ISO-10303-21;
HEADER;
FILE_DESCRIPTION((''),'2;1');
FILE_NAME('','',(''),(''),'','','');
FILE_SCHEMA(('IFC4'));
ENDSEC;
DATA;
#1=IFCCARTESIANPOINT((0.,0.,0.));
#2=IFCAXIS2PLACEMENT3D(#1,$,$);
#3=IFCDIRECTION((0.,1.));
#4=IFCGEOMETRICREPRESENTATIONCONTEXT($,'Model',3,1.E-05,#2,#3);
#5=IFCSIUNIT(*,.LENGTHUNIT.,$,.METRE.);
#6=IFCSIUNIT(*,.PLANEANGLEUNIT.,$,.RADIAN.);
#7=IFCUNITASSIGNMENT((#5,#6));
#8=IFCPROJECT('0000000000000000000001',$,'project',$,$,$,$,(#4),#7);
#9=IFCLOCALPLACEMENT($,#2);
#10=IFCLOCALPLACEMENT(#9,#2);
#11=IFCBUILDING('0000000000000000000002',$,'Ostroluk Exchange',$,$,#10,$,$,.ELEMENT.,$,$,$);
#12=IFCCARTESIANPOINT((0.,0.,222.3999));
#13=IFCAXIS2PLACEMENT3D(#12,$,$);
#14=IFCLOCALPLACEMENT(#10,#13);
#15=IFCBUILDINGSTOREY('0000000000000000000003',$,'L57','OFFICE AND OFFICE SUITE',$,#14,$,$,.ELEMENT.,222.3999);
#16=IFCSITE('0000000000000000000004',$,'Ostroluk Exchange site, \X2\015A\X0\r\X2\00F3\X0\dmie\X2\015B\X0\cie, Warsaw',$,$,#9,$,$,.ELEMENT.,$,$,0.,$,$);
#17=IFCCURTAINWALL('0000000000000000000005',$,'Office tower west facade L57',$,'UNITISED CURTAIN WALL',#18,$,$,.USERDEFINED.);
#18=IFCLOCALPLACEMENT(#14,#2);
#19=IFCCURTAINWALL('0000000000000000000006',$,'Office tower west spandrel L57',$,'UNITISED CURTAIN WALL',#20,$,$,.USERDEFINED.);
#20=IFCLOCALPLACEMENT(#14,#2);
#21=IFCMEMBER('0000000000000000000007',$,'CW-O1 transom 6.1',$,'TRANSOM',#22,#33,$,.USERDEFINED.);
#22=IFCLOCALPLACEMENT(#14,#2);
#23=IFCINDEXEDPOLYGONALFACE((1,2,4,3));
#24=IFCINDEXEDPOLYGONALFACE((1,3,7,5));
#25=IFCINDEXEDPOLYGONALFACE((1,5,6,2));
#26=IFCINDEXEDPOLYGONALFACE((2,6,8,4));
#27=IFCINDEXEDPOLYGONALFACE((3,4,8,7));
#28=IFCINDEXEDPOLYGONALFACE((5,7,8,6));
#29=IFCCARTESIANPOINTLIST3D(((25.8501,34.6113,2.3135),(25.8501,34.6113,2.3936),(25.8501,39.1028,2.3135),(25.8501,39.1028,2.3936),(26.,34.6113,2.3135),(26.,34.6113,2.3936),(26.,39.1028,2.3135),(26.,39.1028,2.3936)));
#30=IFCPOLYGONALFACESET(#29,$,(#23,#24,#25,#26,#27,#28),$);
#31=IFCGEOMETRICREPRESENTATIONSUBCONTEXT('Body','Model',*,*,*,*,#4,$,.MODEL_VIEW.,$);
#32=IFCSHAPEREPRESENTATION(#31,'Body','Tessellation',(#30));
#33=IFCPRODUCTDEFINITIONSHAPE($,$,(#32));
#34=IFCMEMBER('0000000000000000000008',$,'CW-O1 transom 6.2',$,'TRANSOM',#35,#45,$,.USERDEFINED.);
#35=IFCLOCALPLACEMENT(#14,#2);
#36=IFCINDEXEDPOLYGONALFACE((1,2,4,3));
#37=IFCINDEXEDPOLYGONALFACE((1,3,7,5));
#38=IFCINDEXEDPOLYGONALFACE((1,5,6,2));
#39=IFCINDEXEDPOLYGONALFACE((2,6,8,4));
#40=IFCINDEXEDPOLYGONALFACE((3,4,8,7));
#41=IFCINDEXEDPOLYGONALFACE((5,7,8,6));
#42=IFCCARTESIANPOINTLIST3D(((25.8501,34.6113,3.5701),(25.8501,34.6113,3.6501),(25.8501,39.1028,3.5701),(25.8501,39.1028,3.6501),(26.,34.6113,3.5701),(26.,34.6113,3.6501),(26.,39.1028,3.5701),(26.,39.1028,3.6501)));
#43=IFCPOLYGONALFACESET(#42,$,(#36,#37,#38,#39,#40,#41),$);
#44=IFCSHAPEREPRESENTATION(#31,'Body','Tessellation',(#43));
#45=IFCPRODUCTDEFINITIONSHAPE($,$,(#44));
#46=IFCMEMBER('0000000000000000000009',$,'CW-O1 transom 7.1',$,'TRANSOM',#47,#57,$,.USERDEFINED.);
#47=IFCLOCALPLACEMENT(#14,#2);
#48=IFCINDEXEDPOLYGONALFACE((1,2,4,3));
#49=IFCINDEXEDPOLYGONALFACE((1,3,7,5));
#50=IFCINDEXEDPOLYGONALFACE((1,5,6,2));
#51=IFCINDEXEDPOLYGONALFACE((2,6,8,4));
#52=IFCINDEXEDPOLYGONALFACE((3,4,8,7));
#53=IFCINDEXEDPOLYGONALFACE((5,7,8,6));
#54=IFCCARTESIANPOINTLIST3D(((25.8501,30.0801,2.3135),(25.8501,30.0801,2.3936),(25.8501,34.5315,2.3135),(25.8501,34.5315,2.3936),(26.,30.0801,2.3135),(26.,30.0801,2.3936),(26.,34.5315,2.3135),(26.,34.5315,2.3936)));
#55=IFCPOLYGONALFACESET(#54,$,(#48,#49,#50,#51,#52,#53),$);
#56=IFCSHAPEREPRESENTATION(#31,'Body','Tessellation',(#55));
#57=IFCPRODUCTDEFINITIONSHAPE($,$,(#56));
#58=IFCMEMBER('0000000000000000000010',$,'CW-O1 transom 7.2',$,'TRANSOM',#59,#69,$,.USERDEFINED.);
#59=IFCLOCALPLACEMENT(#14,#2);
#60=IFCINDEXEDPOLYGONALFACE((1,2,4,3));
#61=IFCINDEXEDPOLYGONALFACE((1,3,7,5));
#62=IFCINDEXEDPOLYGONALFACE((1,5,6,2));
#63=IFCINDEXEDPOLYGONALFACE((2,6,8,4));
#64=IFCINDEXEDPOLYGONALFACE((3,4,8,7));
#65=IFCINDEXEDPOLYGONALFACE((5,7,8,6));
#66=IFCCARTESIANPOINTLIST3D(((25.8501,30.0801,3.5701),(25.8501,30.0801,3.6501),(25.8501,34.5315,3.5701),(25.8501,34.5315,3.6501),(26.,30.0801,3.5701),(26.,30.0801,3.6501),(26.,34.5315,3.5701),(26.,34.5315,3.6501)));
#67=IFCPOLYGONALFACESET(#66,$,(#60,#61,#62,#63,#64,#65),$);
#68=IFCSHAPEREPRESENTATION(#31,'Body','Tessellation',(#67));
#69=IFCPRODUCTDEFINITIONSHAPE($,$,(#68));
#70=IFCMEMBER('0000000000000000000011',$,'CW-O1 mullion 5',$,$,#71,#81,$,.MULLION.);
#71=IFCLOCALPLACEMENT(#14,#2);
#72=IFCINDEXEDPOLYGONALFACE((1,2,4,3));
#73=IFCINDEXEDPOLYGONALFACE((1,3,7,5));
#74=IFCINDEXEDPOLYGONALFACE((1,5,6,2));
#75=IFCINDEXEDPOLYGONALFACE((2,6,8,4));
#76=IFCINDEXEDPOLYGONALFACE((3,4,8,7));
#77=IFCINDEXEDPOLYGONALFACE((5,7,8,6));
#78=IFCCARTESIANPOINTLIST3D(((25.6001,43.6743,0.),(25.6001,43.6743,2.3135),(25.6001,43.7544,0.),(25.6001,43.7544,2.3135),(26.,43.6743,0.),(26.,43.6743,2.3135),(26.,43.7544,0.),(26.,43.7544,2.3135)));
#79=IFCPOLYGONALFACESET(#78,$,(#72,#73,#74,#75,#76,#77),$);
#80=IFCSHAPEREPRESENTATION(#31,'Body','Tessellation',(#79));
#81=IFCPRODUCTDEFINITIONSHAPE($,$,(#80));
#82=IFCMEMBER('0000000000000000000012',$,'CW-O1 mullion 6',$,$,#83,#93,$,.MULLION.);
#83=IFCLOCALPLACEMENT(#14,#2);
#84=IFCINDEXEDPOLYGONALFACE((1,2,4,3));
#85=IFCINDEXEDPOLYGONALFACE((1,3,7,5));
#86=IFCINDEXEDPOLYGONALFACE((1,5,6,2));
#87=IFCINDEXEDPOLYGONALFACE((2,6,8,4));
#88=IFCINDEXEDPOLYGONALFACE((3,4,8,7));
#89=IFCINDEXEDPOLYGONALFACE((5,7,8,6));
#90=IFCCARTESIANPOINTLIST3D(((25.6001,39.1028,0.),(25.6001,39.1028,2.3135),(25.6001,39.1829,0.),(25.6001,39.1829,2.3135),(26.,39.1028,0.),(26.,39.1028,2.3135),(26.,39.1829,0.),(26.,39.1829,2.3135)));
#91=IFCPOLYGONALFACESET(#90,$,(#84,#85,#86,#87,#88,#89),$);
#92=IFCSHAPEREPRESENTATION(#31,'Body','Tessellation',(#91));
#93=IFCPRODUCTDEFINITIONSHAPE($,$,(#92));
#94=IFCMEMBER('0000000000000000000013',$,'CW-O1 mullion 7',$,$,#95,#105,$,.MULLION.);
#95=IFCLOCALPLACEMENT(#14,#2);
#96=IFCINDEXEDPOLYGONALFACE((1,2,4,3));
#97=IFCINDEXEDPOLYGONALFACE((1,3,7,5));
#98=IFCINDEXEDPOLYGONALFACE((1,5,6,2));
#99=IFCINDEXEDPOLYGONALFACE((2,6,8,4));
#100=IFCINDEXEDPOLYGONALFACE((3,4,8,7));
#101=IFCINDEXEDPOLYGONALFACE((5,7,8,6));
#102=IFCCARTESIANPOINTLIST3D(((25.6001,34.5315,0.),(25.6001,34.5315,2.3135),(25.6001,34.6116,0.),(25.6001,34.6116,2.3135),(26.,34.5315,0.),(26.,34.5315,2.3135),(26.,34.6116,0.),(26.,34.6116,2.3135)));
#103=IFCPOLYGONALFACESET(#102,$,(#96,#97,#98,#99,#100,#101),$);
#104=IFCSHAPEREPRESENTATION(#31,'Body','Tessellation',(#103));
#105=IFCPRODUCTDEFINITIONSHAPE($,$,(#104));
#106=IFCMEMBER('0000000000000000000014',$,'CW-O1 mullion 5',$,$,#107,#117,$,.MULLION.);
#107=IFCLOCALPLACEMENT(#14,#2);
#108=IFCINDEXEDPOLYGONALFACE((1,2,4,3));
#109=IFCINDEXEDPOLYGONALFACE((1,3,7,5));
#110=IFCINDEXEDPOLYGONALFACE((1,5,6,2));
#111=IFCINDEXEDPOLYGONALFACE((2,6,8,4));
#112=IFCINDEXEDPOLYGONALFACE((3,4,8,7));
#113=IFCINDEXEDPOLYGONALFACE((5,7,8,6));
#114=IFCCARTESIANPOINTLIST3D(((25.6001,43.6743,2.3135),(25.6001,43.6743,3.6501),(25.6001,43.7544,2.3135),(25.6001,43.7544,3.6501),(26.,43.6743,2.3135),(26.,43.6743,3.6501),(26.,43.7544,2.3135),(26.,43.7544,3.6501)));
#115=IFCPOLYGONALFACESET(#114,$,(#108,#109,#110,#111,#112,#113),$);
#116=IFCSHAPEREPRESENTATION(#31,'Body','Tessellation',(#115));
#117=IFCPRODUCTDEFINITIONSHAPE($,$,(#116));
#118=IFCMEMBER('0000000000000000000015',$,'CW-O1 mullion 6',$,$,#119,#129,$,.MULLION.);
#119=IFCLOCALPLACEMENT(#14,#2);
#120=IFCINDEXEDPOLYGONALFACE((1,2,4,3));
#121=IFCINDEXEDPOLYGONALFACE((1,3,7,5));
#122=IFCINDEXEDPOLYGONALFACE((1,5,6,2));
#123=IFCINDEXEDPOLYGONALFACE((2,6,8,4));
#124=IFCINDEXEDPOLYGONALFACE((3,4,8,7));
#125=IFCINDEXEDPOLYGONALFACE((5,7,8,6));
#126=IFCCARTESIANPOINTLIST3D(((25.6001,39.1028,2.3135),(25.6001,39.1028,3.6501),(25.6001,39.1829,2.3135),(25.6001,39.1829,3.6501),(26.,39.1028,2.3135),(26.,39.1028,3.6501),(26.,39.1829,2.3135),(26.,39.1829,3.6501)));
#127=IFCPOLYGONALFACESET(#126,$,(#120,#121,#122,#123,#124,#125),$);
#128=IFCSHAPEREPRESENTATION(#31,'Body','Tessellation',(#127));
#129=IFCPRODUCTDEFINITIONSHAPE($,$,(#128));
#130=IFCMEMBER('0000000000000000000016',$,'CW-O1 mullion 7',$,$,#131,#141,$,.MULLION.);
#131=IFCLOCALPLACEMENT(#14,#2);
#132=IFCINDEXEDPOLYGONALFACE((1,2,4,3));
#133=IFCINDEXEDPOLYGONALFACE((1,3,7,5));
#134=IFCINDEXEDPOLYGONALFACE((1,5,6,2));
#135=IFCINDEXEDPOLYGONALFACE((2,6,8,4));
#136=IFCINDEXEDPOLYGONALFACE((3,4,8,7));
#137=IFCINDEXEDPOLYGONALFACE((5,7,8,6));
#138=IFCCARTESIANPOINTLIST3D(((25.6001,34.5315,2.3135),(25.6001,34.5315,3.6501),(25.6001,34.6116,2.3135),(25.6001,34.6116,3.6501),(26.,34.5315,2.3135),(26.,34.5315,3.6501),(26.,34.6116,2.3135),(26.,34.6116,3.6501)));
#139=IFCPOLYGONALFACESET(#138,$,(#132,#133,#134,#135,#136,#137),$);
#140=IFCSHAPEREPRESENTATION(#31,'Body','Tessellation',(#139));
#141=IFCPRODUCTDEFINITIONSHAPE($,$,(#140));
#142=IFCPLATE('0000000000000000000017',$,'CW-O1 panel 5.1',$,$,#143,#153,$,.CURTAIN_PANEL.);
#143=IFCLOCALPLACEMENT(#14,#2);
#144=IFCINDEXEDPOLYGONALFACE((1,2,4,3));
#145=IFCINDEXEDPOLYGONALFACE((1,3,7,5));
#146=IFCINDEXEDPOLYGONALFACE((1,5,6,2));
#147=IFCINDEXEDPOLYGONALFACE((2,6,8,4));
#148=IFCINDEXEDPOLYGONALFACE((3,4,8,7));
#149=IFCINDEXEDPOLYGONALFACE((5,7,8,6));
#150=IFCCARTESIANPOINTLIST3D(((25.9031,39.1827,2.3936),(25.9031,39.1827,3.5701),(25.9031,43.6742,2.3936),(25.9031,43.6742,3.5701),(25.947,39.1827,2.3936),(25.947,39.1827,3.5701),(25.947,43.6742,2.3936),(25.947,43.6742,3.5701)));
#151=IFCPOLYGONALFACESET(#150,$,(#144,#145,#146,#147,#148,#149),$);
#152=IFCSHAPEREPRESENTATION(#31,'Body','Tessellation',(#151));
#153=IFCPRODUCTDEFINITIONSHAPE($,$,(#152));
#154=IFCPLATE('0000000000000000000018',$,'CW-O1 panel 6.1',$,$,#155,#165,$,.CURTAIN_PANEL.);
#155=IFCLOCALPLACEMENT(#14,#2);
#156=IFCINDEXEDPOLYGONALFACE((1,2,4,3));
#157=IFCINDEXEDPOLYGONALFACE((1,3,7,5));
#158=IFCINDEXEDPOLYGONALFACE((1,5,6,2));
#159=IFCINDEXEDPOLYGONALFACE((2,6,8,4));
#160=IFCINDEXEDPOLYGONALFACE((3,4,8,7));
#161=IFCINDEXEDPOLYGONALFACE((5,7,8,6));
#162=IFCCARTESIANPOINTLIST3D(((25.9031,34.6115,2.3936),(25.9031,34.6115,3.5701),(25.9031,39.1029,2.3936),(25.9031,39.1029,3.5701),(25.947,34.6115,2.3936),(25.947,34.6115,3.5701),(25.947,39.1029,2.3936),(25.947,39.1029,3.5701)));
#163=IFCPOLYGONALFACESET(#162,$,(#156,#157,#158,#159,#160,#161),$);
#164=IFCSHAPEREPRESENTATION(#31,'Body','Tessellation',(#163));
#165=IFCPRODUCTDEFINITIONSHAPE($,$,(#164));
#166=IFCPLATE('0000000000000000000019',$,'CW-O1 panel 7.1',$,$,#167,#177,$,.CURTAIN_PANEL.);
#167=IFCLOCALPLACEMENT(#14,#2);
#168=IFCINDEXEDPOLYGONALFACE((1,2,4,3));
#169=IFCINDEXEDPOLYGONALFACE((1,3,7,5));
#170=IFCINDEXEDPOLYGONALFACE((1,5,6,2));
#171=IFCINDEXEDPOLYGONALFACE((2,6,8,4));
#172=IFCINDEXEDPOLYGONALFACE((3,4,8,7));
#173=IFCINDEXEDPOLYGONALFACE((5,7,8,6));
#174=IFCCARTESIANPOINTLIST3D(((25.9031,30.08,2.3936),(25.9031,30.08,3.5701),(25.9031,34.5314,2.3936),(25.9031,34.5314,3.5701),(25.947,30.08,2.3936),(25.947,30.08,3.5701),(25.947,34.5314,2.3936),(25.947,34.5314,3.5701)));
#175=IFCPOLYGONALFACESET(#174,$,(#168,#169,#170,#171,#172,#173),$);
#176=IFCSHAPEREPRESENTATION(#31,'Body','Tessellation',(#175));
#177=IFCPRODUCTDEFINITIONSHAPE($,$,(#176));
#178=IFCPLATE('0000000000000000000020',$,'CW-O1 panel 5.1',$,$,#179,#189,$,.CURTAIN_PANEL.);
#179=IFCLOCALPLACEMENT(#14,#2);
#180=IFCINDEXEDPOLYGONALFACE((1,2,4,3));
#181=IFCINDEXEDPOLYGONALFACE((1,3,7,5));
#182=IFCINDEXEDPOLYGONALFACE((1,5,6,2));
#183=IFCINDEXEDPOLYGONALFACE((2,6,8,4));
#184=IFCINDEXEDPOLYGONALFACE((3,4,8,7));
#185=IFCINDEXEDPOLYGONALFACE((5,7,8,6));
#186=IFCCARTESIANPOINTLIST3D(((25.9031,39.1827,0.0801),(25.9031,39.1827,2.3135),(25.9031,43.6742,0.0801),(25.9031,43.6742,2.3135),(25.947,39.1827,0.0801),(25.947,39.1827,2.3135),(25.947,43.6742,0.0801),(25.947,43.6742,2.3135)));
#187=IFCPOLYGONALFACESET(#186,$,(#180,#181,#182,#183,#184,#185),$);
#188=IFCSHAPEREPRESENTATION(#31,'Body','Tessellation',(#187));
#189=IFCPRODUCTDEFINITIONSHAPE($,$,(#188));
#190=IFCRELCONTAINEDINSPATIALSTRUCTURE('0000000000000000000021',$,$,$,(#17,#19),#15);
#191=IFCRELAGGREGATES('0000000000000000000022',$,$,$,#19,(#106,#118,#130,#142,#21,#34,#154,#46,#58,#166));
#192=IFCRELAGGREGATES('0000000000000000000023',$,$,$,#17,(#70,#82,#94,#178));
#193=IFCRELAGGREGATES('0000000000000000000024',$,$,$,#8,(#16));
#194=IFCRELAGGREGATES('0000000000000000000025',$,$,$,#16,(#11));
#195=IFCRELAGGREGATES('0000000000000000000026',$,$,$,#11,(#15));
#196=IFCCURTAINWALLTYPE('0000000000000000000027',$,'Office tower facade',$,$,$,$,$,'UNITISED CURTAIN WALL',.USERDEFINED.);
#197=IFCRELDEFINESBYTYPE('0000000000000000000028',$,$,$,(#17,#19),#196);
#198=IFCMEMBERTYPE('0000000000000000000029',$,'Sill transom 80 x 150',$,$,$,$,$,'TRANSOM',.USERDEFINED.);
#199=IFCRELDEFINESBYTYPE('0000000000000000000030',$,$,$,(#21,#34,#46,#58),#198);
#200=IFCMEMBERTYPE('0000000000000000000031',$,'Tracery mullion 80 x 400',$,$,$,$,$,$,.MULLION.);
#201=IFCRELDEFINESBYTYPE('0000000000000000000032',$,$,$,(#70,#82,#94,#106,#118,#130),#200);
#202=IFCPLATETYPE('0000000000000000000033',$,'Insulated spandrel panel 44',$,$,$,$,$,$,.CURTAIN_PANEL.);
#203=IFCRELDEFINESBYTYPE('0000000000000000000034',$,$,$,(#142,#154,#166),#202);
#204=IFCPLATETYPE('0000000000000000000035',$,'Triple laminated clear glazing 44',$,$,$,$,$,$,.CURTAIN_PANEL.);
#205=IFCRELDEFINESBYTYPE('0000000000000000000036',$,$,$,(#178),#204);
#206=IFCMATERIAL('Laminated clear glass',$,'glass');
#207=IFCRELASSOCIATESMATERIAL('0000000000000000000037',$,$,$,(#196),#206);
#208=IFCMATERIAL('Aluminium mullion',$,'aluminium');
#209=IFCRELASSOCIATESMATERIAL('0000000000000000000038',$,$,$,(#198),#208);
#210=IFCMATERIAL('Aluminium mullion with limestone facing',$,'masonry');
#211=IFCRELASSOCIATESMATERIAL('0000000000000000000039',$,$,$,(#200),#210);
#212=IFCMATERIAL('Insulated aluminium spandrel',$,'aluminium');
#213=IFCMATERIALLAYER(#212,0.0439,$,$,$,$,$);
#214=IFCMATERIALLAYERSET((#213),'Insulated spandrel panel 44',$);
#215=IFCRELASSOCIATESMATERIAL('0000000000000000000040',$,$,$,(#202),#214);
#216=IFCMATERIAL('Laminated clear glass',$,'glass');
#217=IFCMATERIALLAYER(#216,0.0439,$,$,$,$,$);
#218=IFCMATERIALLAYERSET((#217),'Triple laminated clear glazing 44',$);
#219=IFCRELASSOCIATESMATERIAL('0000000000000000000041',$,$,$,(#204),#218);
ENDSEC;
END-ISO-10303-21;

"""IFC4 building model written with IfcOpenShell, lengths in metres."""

from ifc_helpers import new_model, si_unit, direction, frame, origin, origin_2d, place, context, subcontext, project, spatial, rectangle, extrude, material, layer, layer_set, material_profile, profile_set, type_object, element, aggregate, save


model = new_model("IFC4")

# Units and contexts
model_context = context("Model", 3, precision=1e-05, world=origin(), true_north=direction((0.0, 1.0)))
body_context = subcontext(model_context, "Body", "Model", "MODEL_VIEW")
ifc_project = project(units=[si_unit("LENGTHUNIT", "METRE"), si_unit("PLANEANGLEUNIT", "RADIAN")], contexts=[model_context])

# Site, building, storey
site_placement = place(None, origin())
site = spatial("IfcSite", under=ifc_project, at=site_placement, Name="Ostroluk Exchange site, Śródmieście, Warsaw", CompositionType="ELEMENT", RefElevation=0.0)
building_placement = place(site_placement, origin())
building = spatial("IfcBuilding", under=site, at=building_placement, Name="Ostroluk Exchange", CompositionType="ELEMENT")
storey_placement = place(building_placement, frame((0.0, 0.0, 222.3999)))
storey = spatial("IfcBuildingStorey", under=building, at=storey_placement, Name="L57", Description="OFFICE AND OFFICE SUITE", CompositionType="ELEMENT", Elevation=222.3999)

# Curtain walls, members
ifc_material_1 = material(Name="Laminated clear glass", Category="glass")
curtain_wall_type = type_object("IfcCurtainWallType", Name="Office tower facade", ElementType="UNITISED CURTAIN WALL", PredefinedType="USERDEFINED", material=ifc_material_1)
curtain_wall_1_placement = place(storey_placement, origin())
curtain_wall_1 = element("IfcCurtainWall", 1, at=curtain_wall_1_placement, inside=storey, type_object=curtain_wall_type, Name="Office tower west facade L57", ObjectType="UNITISED CURTAIN WALL", PredefinedType="USERDEFINED")
ifc_material_2 = material(Name="Aluminium mullion", Category="aluminium")
ifc_material_profile_1 = material_profile(ifc_material_2, rectangle(XDim=0.1499, YDim=0.0801, at=origin_2d()), Name="Sill transom 80 x 150")
ifc_profile_set_1 = profile_set([ifc_material_profile_1], Name="Aluminium mullion")
member_type_1 = type_object("IfcMemberType", Name="Sill transom 80 x 150", ElementType="TRANSOM", PredefinedType="USERDEFINED", material=ifc_profile_set_1)
curtain_wall_2_placement = place(storey_placement, origin())
curtain_wall_2 = element("IfcCurtainWall", 2, at=curtain_wall_2_placement, inside=storey, type_object=curtain_wall_type, Name="Office tower west spandrel L57", ObjectType="UNITISED CURTAIN WALL", PredefinedType="USERDEFINED")
member_1_placement = place(storey_placement, frame((25.925, 39.1028, 2.3535), z_axis=(0.0, -1.0, 0.0), x_axis=(1.0, 0.0, 0.0)))
member_1 = element("IfcMember", 3, at=member_1_placement, type_object=member_type_1, Name="CW-O1 transom 6.1", ObjectType="TRANSOM", PredefinedType="USERDEFINED", context=body_context, shape_type="SweptSolid", body=[
    extrude(rectangle(XDim=0.1499, YDim=0.0801, at=origin_2d()), origin(), (0.0, 0.0, 1.0), 4.4915),
])
member_2_placement = place(storey_placement, frame((25.925, 39.1028, 3.6101), z_axis=(0.0, -1.0, 0.0), x_axis=(1.0, 0.0, 0.0)))
member_2 = element("IfcMember", 4, at=member_2_placement, type_object=member_type_1, Name="CW-O1 transom 6.2", ObjectType="TRANSOM", PredefinedType="USERDEFINED", context=body_context, shape_type="SweptSolid", body=[
    extrude(rectangle(XDim=0.1499, YDim=0.0801, at=origin_2d()), origin(), (0.0, 0.0, 1.0), 4.4915),
])
member_3_placement = place(storey_placement, frame((25.925, 34.5315, 2.3535), z_axis=(0.0, -1.0, 0.0), x_axis=(1.0, 0.0, 0.0)))
member_3 = element("IfcMember", 5, at=member_3_placement, type_object=member_type_1, Name="CW-O1 transom 7.1", ObjectType="TRANSOM", PredefinedType="USERDEFINED", context=body_context, shape_type="SweptSolid", body=[
    extrude(rectangle(XDim=0.1499, YDim=0.0801, at=origin_2d()), origin(), (0.0, 0.0, 1.0), 4.4514),
])
member_4_placement = place(storey_placement, frame((25.925, 34.5315, 3.6101), z_axis=(0.0, -1.0, 0.0), x_axis=(1.0, 0.0, 0.0)))
member_4 = element("IfcMember", 6, at=member_4_placement, type_object=member_type_1, Name="CW-O1 transom 7.2", ObjectType="TRANSOM", PredefinedType="USERDEFINED", context=body_context, shape_type="SweptSolid", body=[
    extrude(rectangle(XDim=0.1499, YDim=0.0801, at=origin_2d()), origin(), (0.0, 0.0, 1.0), 4.4514),
])

# Members
ifc_material_3 = material(Name="Aluminium mullion with limestone facing", Category="masonry")
ifc_material_profile_2 = material_profile(ifc_material_3, rectangle(XDim=0.3999, YDim=0.0801, at=origin_2d()), Name="Tracery mullion 80 x 400")
ifc_profile_set_2 = profile_set([ifc_material_profile_2], Name="Aluminium mullion with limestone facing")
member_type_2 = type_object("IfcMemberType", Name="Tracery mullion 80 x 400", PredefinedType="MULLION", material=ifc_profile_set_2)
member_5_placement = place(storey_placement, frame((25.8, 43.7144, 0.0), z_axis=(0.0, 0.0, 1.0), x_axis=(1.0, 0.0, 0.0)))
member_5 = element("IfcMember", 7, at=member_5_placement, type_object=member_type_2, Name="CW-O1 mullion 5", PredefinedType="MULLION", context=body_context, shape_type="SweptSolid", body=[
    extrude(rectangle(XDim=0.3999, YDim=0.0801, at=origin_2d()), origin(), (0.0, 0.0, 1.0), 2.3135),
])
member_6_placement = place(storey_placement, frame((25.8, 39.1428, 0.0), z_axis=(0.0, 0.0, 1.0), x_axis=(1.0, 0.0, 0.0)))
member_6 = element("IfcMember", 8, at=member_6_placement, type_object=member_type_2, Name="CW-O1 mullion 6", PredefinedType="MULLION", context=body_context, shape_type="SweptSolid", body=[
    extrude(rectangle(XDim=0.3999, YDim=0.0801, at=origin_2d()), origin(), (0.0, 0.0, 1.0), 2.3135),
])
member_7_placement = place(storey_placement, frame((25.8, 34.5715, 0.0), z_axis=(0.0, 0.0, 1.0), x_axis=(1.0, 0.0, 0.0)))
member_7 = element("IfcMember", 9, at=member_7_placement, type_object=member_type_2, Name="CW-O1 mullion 7", PredefinedType="MULLION", context=body_context, shape_type="SweptSolid", body=[
    extrude(rectangle(XDim=0.3999, YDim=0.0801, at=origin_2d()), origin(), (0.0, 0.0, 1.0), 2.3135),
])
member_8_placement = place(storey_placement, frame((25.8, 43.7144, 2.3135), z_axis=(0.0, 0.0, 1.0), x_axis=(1.0, 0.0, 0.0)))
member_8 = element("IfcMember", 10, at=member_8_placement, type_object=member_type_2, Name="CW-O1 mullion 5", PredefinedType="MULLION", context=body_context, shape_type="SweptSolid", body=[
    extrude(rectangle(XDim=0.3999, YDim=0.0801, at=origin_2d()), origin(), (0.0, 0.0, 1.0), 1.3367),
])
member_9_placement = place(storey_placement, frame((25.8, 39.1428, 2.3135), z_axis=(0.0, 0.0, 1.0), x_axis=(1.0, 0.0, 0.0)))
member_9 = element("IfcMember", 11, at=member_9_placement, type_object=member_type_2, Name="CW-O1 mullion 6", PredefinedType="MULLION", context=body_context, shape_type="SweptSolid", body=[
    extrude(rectangle(XDim=0.3999, YDim=0.0801, at=origin_2d()), origin(), (0.0, 0.0, 1.0), 1.3367),
])
member_10_placement = place(storey_placement, frame((25.8, 34.5715, 2.3135), z_axis=(0.0, 0.0, 1.0), x_axis=(1.0, 0.0, 0.0)))
member_10 = element("IfcMember", 12, at=member_10_placement, type_object=member_type_2, Name="CW-O1 mullion 7", PredefinedType="MULLION", context=body_context, shape_type="SweptSolid", body=[
    extrude(rectangle(XDim=0.3999, YDim=0.0801, at=origin_2d()), origin(), (0.0, 0.0, 1.0), 1.3367),
])

# Plates
ifc_material_4 = material(Name="Insulated aluminium spandrel", Category="aluminium")
ifc_layer_1 = layer(ifc_material_4, 0.0439)
ifc_layer_set_1 = layer_set([ifc_layer_1], Name="Insulated spandrel panel 44")
plate_type_1 = type_object("IfcPlateType", Name="Insulated spandrel panel 44", PredefinedType="CURTAIN_PANEL", material=ifc_layer_set_1)
plate_1_placement = place(storey_placement, frame((25.925, 41.4285, 2.3936), z_axis=(0.0, 0.0, 1.0), x_axis=(0.0, -1.0, 0.0)))
plate_1 = element("IfcPlate", 13, at=plate_1_placement, type_object=plate_type_1, Name="CW-O1 panel 5.1", PredefinedType="CURTAIN_PANEL", context=body_context, shape_type="SweptSolid", body=[
    extrude(rectangle(XDim=4.4915, YDim=0.0439, at=origin_2d()), origin(), (0.0, 0.0, 1.0), 1.1765),
])
plate_2_placement = place(storey_placement, frame((25.925, 36.8572, 2.3936), z_axis=(0.0, 0.0, 1.0), x_axis=(0.0, -1.0, 0.0)))
plate_2 = element("IfcPlate", 14, at=plate_2_placement, type_object=plate_type_1, Name="CW-O1 panel 6.1", PredefinedType="CURTAIN_PANEL", context=body_context, shape_type="SweptSolid", body=[
    extrude(rectangle(XDim=4.4915, YDim=0.0439, at=origin_2d()), origin(), (0.0, 0.0, 1.0), 1.1765),
])
plate_3_placement = place(storey_placement, frame((25.925, 32.3057, 2.3936), z_axis=(0.0, 0.0, 1.0), x_axis=(0.0, -1.0, 0.0)))
plate_3 = element("IfcPlate", 15, at=plate_3_placement, type_object=plate_type_1, Name="CW-O1 panel 7.1", PredefinedType="CURTAIN_PANEL", context=body_context, shape_type="SweptSolid", body=[
    extrude(rectangle(XDim=4.4514, YDim=0.0439, at=origin_2d()), origin(), (0.0, 0.0, 1.0), 1.1765),
])
aggregate(curtain_wall_2, [member_8, member_9, member_10, plate_1, member_1, member_2, plate_2, member_3, member_4, plate_3])
ifc_material_5 = material(Name="Laminated clear glass", Category="glass")
ifc_layer_2 = layer(ifc_material_5, 0.0439)
ifc_layer_set_2 = layer_set([ifc_layer_2], Name="Triple laminated clear glazing 44")
plate_type_2 = type_object("IfcPlateType", Name="Triple laminated clear glazing 44", PredefinedType="CURTAIN_PANEL", material=ifc_layer_set_2)
plate_4_placement = place(storey_placement, frame((25.925, 41.4285, 0.0801), z_axis=(0.0, 0.0, 1.0), x_axis=(0.0, -1.0, 0.0)))
plate_4 = element("IfcPlate", 16, at=plate_4_placement, type_object=plate_type_2, Name="CW-O1 panel 5.1", PredefinedType="CURTAIN_PANEL", context=body_context, shape_type="SweptSolid", body=[
    extrude(rectangle(XDim=4.4915, YDim=0.0439, at=origin_2d()), origin(), (0.0, 0.0, 1.0), 2.2334),
])
aggregate(curtain_wall_1, [member_5, member_6, member_7, plate_4])

save(model, "model.ifc")
